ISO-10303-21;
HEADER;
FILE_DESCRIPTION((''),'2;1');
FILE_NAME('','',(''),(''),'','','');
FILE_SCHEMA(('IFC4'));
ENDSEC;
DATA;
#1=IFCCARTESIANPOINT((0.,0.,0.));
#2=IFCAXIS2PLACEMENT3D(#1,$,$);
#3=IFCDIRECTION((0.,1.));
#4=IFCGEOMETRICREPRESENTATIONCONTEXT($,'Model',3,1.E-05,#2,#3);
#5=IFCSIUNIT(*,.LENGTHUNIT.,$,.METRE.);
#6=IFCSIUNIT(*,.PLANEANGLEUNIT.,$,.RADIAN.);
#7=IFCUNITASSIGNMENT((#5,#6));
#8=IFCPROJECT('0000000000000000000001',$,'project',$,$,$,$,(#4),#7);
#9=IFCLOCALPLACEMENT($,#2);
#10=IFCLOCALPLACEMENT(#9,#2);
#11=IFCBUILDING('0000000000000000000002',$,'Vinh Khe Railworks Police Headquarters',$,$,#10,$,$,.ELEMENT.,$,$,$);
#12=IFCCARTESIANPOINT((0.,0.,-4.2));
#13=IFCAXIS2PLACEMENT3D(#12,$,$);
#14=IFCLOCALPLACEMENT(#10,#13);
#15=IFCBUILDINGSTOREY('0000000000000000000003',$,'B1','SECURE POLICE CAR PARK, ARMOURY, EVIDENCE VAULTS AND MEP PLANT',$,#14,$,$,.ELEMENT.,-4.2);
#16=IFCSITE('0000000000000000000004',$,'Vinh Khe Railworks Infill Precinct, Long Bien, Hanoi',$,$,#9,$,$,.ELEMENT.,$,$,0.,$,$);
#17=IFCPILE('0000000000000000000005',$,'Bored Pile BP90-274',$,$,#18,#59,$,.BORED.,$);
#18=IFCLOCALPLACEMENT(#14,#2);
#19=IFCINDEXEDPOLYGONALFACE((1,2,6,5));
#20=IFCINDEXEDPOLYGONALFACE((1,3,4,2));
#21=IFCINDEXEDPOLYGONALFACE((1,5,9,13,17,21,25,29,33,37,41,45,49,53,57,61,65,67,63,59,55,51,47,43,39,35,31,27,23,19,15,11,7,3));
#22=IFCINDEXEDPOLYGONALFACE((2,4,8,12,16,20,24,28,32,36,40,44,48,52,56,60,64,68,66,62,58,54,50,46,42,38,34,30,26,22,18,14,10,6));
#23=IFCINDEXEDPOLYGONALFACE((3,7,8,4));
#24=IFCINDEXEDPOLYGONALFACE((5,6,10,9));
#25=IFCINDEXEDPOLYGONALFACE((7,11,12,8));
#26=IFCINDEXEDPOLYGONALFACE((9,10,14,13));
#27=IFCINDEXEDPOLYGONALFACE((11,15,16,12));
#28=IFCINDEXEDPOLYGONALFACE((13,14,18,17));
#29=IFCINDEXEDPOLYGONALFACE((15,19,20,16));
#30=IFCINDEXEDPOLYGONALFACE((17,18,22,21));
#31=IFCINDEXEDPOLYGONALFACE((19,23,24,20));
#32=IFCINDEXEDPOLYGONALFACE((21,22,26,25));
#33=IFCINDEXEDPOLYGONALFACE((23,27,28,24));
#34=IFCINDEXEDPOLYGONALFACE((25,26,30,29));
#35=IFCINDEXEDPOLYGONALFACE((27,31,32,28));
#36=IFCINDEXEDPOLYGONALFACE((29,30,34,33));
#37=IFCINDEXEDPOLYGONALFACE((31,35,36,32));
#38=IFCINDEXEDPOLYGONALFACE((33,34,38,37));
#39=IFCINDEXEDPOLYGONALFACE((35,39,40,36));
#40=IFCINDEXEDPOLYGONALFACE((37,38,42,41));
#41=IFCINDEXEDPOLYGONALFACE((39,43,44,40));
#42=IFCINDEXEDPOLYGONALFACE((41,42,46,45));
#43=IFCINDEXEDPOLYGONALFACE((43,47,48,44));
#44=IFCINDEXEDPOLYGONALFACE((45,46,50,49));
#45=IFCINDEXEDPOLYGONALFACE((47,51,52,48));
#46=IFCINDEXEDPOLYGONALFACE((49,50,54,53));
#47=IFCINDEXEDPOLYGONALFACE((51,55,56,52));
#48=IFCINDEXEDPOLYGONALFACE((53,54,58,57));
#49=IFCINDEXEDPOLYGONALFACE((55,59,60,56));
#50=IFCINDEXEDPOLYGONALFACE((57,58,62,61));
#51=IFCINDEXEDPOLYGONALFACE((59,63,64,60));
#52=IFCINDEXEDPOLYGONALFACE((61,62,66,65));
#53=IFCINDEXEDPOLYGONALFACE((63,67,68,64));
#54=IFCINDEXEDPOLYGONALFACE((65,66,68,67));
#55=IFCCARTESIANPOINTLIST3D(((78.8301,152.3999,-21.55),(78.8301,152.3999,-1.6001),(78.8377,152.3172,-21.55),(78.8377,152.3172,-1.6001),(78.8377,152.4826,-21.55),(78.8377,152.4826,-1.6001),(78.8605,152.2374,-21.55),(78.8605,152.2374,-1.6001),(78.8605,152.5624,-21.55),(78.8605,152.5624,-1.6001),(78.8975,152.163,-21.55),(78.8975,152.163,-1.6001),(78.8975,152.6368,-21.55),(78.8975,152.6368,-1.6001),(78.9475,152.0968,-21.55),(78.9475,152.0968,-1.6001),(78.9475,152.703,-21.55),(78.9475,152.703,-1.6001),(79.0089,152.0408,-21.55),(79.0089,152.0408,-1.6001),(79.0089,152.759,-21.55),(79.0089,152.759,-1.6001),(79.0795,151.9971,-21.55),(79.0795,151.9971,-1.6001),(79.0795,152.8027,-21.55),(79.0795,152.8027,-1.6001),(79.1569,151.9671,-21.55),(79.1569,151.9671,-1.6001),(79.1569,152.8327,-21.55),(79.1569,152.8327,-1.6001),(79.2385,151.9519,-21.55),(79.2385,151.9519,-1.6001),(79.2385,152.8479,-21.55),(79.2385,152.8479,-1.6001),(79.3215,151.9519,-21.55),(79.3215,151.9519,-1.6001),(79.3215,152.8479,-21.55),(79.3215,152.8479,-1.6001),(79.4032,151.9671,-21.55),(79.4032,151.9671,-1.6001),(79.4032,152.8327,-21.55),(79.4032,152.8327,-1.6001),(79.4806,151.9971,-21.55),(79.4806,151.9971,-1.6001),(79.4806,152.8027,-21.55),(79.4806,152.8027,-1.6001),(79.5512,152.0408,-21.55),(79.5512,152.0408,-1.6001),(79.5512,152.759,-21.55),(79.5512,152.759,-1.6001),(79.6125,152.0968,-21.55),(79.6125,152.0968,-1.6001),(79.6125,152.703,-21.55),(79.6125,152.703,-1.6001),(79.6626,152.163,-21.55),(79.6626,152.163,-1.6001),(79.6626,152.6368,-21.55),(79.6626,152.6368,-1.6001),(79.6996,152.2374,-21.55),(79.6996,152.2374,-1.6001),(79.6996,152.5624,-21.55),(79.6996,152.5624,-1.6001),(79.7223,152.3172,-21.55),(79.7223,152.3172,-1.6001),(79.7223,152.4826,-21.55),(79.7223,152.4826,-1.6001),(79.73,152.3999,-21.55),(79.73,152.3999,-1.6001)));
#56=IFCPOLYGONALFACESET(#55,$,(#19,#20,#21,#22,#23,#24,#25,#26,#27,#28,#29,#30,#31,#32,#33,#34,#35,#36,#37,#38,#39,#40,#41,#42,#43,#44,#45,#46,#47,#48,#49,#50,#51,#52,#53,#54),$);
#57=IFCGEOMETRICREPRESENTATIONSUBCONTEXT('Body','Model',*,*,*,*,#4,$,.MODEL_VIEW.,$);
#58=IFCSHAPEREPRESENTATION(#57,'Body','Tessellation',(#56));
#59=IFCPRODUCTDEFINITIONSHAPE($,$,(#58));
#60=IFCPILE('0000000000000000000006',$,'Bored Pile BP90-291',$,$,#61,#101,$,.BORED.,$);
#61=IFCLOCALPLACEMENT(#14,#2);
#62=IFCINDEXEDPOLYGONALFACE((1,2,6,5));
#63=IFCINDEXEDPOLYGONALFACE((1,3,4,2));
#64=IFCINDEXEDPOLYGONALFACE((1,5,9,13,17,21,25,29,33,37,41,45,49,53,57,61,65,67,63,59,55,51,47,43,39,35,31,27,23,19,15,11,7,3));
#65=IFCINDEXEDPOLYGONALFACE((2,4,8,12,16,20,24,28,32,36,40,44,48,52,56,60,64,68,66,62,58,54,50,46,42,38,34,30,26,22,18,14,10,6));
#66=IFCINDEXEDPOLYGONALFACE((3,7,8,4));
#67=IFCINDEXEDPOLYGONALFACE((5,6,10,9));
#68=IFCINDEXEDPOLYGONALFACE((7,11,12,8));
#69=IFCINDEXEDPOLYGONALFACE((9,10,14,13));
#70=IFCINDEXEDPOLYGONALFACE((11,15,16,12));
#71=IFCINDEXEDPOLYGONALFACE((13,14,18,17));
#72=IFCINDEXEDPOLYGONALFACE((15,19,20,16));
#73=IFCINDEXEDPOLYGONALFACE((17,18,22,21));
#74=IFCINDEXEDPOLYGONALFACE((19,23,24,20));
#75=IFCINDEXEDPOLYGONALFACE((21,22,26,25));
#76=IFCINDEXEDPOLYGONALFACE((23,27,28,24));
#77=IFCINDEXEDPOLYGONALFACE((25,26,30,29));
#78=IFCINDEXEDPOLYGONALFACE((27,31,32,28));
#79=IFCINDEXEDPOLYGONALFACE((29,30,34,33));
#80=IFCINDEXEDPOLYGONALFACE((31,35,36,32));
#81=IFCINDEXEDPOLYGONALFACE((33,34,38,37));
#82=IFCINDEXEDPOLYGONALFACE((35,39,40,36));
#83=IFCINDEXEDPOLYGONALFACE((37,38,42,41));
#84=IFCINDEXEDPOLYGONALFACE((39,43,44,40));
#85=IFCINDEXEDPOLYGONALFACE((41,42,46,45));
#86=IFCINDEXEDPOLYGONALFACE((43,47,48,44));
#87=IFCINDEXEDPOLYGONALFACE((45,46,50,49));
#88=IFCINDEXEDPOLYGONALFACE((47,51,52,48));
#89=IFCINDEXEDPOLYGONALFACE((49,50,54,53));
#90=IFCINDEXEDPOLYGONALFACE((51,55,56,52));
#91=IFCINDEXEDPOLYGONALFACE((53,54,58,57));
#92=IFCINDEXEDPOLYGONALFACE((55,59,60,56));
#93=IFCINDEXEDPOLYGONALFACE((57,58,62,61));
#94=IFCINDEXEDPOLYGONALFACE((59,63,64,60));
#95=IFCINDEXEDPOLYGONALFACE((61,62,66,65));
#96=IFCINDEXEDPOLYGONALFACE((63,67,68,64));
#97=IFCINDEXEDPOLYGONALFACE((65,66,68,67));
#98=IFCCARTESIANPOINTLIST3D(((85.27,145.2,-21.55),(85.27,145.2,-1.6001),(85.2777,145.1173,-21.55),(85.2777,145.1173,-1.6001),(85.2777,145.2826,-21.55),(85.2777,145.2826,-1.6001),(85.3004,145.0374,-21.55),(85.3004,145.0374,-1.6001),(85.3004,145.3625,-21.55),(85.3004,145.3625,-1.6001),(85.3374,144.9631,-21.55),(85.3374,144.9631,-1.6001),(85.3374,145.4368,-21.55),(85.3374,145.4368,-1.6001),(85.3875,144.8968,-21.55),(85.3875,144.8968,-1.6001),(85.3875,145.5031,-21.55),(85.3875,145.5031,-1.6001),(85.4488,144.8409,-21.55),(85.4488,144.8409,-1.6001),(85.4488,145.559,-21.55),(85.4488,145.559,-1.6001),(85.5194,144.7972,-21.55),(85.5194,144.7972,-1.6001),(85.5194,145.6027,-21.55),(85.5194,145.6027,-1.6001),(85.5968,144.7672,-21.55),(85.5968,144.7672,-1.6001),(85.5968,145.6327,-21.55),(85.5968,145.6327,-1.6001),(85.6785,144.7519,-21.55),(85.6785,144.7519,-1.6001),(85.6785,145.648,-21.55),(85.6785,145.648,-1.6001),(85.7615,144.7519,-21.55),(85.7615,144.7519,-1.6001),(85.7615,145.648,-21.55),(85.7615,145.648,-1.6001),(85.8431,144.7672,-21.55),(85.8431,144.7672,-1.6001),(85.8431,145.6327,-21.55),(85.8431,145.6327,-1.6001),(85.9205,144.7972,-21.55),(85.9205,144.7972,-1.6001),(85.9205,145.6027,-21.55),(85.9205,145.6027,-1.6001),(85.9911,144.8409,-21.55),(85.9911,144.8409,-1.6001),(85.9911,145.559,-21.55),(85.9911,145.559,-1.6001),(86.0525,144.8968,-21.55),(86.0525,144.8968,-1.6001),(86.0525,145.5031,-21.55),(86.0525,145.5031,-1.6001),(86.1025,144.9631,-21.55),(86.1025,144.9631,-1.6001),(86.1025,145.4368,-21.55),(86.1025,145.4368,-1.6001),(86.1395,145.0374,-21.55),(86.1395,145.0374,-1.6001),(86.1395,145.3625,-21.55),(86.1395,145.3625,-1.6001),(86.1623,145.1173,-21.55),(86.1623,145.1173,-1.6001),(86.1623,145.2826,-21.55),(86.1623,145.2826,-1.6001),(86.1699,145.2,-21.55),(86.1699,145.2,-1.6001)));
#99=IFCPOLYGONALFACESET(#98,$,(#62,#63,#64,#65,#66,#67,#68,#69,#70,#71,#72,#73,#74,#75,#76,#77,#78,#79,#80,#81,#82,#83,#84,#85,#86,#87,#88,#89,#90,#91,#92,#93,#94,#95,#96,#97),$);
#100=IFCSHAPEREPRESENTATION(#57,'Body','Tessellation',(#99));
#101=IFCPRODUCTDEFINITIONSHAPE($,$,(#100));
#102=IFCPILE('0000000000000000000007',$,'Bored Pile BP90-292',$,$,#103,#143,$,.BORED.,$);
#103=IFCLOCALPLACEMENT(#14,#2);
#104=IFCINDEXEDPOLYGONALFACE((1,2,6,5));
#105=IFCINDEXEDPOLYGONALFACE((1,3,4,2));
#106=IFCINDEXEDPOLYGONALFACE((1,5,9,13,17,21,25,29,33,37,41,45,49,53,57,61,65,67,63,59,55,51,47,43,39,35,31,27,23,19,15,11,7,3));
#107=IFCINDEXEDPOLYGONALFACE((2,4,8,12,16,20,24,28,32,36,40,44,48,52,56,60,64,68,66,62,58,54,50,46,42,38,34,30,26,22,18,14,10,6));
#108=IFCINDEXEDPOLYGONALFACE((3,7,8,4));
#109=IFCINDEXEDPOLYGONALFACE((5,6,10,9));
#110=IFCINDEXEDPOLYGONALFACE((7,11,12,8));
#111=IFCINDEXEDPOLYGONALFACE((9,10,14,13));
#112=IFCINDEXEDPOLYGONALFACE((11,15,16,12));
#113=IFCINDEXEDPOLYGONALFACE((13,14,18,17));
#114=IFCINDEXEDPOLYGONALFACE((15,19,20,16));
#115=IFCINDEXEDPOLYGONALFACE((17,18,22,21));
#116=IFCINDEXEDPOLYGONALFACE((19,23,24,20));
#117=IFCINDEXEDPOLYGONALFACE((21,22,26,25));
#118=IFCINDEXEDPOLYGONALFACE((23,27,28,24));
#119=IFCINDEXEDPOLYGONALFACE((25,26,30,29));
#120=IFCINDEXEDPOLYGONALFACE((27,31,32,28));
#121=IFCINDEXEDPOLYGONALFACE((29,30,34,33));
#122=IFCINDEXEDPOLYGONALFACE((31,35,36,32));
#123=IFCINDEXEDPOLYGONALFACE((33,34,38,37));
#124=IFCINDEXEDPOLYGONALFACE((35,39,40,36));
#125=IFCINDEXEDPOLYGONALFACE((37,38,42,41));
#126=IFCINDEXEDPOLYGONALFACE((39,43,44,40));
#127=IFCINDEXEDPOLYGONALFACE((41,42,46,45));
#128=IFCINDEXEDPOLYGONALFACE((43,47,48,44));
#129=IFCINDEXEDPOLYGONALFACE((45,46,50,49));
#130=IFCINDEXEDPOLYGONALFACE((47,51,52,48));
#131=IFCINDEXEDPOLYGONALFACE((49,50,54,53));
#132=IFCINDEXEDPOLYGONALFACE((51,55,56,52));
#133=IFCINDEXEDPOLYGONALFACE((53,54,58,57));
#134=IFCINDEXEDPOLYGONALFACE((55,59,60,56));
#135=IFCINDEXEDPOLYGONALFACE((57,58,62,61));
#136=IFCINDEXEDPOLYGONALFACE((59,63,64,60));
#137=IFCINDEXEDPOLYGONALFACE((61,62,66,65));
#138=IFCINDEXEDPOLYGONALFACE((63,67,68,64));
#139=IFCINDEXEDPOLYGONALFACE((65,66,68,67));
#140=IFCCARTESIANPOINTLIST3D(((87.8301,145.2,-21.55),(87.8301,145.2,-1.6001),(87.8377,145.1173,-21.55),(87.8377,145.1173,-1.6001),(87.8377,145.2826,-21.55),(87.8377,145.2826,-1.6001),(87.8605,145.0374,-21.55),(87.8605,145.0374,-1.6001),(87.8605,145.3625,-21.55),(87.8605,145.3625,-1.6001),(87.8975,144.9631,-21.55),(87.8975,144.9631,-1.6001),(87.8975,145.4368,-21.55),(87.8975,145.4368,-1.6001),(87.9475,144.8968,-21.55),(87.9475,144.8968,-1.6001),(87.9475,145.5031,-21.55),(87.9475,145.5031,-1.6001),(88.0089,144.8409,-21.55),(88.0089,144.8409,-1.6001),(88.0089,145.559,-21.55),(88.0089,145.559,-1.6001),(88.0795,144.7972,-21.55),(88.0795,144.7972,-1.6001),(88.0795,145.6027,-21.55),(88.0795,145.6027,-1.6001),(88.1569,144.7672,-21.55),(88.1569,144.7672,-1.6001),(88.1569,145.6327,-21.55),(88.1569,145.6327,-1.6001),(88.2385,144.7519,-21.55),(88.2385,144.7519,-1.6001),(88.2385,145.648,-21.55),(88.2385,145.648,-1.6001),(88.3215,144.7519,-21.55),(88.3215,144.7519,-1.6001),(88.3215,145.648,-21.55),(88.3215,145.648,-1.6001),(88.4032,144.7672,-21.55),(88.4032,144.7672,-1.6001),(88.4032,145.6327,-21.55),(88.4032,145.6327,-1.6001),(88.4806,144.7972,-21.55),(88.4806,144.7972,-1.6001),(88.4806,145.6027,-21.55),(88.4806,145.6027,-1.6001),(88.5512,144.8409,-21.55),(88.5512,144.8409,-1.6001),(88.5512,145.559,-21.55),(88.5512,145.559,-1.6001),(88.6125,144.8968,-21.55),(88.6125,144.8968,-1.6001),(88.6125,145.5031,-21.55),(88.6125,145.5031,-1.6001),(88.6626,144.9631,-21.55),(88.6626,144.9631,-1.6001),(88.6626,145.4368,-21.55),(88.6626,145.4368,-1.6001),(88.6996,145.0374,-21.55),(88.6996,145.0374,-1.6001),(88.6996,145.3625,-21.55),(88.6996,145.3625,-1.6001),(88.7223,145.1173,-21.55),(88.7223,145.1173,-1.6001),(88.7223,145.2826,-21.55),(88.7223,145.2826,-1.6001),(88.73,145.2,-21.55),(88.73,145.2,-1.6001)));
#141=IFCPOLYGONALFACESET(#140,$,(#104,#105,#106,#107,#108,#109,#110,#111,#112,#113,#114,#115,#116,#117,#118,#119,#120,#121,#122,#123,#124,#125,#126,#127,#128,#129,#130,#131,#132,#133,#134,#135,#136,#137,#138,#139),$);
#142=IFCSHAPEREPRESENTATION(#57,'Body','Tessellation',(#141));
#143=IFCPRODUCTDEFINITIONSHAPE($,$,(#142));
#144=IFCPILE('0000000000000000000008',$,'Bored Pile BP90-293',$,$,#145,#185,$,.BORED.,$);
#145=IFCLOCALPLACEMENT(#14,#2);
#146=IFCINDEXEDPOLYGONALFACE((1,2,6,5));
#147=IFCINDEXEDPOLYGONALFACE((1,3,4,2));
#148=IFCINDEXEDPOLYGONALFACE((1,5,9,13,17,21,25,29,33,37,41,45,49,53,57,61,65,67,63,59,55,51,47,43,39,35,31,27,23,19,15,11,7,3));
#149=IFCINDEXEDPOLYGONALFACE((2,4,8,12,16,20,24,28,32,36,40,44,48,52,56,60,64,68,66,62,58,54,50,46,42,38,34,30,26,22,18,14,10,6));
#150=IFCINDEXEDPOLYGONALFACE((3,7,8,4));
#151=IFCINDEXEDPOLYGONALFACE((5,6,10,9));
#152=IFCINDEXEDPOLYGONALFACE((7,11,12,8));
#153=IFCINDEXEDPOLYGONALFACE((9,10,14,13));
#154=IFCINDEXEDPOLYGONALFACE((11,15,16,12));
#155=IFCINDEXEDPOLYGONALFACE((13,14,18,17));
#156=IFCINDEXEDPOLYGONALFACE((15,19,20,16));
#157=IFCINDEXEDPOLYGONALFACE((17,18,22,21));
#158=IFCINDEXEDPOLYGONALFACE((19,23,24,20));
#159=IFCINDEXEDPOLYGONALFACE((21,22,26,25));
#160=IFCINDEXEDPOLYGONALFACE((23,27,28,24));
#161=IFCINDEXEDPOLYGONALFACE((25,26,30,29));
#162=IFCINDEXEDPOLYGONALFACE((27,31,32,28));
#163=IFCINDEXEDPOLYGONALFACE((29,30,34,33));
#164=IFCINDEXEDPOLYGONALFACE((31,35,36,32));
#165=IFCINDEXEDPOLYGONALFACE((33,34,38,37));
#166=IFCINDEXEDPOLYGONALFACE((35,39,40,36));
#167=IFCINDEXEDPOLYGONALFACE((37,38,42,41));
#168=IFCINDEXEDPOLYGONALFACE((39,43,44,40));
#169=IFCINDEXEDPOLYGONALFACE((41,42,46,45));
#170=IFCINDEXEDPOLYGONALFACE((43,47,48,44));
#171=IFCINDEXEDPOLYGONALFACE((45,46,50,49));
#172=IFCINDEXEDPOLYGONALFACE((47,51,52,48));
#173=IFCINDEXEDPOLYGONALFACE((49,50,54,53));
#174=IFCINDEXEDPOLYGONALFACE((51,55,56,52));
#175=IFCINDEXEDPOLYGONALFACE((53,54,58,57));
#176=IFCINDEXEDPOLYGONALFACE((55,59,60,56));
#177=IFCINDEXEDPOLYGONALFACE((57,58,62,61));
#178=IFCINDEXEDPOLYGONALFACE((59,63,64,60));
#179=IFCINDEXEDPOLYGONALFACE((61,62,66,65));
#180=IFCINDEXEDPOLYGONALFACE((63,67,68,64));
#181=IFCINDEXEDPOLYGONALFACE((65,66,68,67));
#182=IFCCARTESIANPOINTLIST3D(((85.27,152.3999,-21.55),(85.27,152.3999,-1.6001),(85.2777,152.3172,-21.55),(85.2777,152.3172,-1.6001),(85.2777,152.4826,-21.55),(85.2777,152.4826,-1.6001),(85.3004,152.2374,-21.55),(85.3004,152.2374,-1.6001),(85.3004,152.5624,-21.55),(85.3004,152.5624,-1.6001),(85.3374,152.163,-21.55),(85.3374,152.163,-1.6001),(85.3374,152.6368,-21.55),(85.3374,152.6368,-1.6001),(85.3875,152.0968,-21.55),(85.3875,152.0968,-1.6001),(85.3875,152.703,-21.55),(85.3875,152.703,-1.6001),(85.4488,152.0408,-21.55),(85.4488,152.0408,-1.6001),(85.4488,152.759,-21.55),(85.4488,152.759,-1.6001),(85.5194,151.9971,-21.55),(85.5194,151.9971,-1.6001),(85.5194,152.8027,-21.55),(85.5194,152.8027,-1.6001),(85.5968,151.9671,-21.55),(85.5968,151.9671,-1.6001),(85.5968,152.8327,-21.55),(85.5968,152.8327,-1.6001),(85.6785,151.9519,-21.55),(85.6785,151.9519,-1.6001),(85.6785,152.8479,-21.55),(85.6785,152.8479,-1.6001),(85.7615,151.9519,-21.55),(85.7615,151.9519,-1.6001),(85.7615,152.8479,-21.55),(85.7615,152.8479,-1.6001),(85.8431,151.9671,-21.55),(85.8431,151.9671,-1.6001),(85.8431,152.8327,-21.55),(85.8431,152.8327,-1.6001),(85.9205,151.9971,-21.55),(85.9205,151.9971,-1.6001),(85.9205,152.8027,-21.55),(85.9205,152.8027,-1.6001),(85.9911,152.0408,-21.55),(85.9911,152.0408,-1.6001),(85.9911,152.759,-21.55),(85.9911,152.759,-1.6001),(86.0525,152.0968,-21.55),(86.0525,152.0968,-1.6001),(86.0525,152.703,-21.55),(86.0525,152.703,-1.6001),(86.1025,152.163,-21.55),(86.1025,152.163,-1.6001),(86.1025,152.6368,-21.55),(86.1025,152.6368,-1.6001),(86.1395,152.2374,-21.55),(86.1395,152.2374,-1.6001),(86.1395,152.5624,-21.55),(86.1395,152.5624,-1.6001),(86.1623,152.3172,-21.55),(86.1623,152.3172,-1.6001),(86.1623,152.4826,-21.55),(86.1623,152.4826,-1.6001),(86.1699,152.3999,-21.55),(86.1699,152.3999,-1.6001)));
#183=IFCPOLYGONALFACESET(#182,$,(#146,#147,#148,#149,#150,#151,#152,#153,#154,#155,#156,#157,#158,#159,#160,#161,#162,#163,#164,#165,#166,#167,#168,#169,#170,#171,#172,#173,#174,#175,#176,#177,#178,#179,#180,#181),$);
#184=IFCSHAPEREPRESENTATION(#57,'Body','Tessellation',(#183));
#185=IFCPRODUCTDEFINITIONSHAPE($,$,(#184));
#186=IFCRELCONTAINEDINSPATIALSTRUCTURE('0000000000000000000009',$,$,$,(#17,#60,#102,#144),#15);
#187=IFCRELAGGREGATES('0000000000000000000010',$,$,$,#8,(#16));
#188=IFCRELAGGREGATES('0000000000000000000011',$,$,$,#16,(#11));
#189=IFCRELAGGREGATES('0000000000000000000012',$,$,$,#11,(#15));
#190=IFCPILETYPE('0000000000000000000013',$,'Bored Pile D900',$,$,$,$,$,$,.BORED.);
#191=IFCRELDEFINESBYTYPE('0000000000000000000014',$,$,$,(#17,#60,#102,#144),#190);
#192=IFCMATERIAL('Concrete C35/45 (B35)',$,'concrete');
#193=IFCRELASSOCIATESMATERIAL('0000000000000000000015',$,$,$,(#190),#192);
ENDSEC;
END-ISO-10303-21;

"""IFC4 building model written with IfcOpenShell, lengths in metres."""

from ifc_helpers import new_model, si_unit, direction, frame, origin, origin_2d, place, context, subcontext, project, spatial, circle, extrude, material, material_profile, profile_set, type_object, element, save


model = new_model("IFC4")

# Units and contexts
model_context = context("Model", 3, precision=1e-05, world=origin(), true_north=direction((0.0, 1.0)))
body_context = subcontext(model_context, "Body", "Model", "MODEL_VIEW")
ifc_project = project(units=[si_unit("LENGTHUNIT", "METRE"), si_unit("PLANEANGLEUNIT", "RADIAN")], contexts=[model_context])

# Site, building, storey
site_placement = place(None, origin())
site = spatial("IfcSite", under=ifc_project, at=site_placement, Name="Vinh Khe Railworks Infill Precinct, Long Bien, Hanoi", CompositionType="ELEMENT", RefElevation=0.0)
building_placement = place(site_placement, origin())
building = spatial("IfcBuilding", under=site, at=building_placement, Name="Vinh Khe Railworks Police Headquarters", CompositionType="ELEMENT")
storey_placement = place(building_placement, frame((0.0, 0.0, -4.2)))
storey = spatial("IfcBuildingStorey", under=building, at=storey_placement, Name="B1", Description="SECURE POLICE CAR PARK, ARMOURY, EVIDENCE VAULTS AND MEP PLANT", CompositionType="ELEMENT", Elevation=-4.2)

# Piles
ifc_material_1 = material(Name="Concrete C35/45 (B35)", Category="concrete")
ifc_material_profile_1 = material_profile(ifc_material_1, circle(Radius=0.45, at=origin_2d()), Name="BORED PILE D900")
ifc_profile_set_1 = profile_set([ifc_material_profile_1], Name="Concrete C35/45 (B35)")
pile_type = type_object("IfcPileType", Name="Bored Pile D900", PredefinedType="BORED", material=ifc_profile_set_1)
for number, where, z_axis, x_axis, name in (
    (1, (79.28, 152.3999, -1.6001), (0.0, 0.0, -1.0), (1.0, 0.0, 0.0), "Bored Pile BP90-274"),
    (2, (85.72, 145.2, -1.6001), (0.0, 0.0, -1.0), (1.0, 0.0, 0.0), "Bored Pile BP90-291"),
    (3, (88.28, 145.2, -1.6001), (0.0, 0.0, -1.0), (1.0, 0.0, 0.0), "Bored Pile BP90-292"),
    (4, (85.72, 152.3999, -1.6001), (0.0, 0.0, -1.0), (1.0, 0.0, 0.0), "Bored Pile BP90-293"),
):
    element("IfcPile", number, at=place(storey_placement, frame(where, z_axis=z_axis, x_axis=x_axis)), inside=storey, type_object=pile_type, Name=name, PredefinedType="BORED", context=body_context, shape_type="SweptSolid", body=[
        extrude(circle(Radius=0.45, at=origin_2d()), origin(), (0.0, 0.0, 1.0), 19.95),
    ])

save(model, "model.ifc")
